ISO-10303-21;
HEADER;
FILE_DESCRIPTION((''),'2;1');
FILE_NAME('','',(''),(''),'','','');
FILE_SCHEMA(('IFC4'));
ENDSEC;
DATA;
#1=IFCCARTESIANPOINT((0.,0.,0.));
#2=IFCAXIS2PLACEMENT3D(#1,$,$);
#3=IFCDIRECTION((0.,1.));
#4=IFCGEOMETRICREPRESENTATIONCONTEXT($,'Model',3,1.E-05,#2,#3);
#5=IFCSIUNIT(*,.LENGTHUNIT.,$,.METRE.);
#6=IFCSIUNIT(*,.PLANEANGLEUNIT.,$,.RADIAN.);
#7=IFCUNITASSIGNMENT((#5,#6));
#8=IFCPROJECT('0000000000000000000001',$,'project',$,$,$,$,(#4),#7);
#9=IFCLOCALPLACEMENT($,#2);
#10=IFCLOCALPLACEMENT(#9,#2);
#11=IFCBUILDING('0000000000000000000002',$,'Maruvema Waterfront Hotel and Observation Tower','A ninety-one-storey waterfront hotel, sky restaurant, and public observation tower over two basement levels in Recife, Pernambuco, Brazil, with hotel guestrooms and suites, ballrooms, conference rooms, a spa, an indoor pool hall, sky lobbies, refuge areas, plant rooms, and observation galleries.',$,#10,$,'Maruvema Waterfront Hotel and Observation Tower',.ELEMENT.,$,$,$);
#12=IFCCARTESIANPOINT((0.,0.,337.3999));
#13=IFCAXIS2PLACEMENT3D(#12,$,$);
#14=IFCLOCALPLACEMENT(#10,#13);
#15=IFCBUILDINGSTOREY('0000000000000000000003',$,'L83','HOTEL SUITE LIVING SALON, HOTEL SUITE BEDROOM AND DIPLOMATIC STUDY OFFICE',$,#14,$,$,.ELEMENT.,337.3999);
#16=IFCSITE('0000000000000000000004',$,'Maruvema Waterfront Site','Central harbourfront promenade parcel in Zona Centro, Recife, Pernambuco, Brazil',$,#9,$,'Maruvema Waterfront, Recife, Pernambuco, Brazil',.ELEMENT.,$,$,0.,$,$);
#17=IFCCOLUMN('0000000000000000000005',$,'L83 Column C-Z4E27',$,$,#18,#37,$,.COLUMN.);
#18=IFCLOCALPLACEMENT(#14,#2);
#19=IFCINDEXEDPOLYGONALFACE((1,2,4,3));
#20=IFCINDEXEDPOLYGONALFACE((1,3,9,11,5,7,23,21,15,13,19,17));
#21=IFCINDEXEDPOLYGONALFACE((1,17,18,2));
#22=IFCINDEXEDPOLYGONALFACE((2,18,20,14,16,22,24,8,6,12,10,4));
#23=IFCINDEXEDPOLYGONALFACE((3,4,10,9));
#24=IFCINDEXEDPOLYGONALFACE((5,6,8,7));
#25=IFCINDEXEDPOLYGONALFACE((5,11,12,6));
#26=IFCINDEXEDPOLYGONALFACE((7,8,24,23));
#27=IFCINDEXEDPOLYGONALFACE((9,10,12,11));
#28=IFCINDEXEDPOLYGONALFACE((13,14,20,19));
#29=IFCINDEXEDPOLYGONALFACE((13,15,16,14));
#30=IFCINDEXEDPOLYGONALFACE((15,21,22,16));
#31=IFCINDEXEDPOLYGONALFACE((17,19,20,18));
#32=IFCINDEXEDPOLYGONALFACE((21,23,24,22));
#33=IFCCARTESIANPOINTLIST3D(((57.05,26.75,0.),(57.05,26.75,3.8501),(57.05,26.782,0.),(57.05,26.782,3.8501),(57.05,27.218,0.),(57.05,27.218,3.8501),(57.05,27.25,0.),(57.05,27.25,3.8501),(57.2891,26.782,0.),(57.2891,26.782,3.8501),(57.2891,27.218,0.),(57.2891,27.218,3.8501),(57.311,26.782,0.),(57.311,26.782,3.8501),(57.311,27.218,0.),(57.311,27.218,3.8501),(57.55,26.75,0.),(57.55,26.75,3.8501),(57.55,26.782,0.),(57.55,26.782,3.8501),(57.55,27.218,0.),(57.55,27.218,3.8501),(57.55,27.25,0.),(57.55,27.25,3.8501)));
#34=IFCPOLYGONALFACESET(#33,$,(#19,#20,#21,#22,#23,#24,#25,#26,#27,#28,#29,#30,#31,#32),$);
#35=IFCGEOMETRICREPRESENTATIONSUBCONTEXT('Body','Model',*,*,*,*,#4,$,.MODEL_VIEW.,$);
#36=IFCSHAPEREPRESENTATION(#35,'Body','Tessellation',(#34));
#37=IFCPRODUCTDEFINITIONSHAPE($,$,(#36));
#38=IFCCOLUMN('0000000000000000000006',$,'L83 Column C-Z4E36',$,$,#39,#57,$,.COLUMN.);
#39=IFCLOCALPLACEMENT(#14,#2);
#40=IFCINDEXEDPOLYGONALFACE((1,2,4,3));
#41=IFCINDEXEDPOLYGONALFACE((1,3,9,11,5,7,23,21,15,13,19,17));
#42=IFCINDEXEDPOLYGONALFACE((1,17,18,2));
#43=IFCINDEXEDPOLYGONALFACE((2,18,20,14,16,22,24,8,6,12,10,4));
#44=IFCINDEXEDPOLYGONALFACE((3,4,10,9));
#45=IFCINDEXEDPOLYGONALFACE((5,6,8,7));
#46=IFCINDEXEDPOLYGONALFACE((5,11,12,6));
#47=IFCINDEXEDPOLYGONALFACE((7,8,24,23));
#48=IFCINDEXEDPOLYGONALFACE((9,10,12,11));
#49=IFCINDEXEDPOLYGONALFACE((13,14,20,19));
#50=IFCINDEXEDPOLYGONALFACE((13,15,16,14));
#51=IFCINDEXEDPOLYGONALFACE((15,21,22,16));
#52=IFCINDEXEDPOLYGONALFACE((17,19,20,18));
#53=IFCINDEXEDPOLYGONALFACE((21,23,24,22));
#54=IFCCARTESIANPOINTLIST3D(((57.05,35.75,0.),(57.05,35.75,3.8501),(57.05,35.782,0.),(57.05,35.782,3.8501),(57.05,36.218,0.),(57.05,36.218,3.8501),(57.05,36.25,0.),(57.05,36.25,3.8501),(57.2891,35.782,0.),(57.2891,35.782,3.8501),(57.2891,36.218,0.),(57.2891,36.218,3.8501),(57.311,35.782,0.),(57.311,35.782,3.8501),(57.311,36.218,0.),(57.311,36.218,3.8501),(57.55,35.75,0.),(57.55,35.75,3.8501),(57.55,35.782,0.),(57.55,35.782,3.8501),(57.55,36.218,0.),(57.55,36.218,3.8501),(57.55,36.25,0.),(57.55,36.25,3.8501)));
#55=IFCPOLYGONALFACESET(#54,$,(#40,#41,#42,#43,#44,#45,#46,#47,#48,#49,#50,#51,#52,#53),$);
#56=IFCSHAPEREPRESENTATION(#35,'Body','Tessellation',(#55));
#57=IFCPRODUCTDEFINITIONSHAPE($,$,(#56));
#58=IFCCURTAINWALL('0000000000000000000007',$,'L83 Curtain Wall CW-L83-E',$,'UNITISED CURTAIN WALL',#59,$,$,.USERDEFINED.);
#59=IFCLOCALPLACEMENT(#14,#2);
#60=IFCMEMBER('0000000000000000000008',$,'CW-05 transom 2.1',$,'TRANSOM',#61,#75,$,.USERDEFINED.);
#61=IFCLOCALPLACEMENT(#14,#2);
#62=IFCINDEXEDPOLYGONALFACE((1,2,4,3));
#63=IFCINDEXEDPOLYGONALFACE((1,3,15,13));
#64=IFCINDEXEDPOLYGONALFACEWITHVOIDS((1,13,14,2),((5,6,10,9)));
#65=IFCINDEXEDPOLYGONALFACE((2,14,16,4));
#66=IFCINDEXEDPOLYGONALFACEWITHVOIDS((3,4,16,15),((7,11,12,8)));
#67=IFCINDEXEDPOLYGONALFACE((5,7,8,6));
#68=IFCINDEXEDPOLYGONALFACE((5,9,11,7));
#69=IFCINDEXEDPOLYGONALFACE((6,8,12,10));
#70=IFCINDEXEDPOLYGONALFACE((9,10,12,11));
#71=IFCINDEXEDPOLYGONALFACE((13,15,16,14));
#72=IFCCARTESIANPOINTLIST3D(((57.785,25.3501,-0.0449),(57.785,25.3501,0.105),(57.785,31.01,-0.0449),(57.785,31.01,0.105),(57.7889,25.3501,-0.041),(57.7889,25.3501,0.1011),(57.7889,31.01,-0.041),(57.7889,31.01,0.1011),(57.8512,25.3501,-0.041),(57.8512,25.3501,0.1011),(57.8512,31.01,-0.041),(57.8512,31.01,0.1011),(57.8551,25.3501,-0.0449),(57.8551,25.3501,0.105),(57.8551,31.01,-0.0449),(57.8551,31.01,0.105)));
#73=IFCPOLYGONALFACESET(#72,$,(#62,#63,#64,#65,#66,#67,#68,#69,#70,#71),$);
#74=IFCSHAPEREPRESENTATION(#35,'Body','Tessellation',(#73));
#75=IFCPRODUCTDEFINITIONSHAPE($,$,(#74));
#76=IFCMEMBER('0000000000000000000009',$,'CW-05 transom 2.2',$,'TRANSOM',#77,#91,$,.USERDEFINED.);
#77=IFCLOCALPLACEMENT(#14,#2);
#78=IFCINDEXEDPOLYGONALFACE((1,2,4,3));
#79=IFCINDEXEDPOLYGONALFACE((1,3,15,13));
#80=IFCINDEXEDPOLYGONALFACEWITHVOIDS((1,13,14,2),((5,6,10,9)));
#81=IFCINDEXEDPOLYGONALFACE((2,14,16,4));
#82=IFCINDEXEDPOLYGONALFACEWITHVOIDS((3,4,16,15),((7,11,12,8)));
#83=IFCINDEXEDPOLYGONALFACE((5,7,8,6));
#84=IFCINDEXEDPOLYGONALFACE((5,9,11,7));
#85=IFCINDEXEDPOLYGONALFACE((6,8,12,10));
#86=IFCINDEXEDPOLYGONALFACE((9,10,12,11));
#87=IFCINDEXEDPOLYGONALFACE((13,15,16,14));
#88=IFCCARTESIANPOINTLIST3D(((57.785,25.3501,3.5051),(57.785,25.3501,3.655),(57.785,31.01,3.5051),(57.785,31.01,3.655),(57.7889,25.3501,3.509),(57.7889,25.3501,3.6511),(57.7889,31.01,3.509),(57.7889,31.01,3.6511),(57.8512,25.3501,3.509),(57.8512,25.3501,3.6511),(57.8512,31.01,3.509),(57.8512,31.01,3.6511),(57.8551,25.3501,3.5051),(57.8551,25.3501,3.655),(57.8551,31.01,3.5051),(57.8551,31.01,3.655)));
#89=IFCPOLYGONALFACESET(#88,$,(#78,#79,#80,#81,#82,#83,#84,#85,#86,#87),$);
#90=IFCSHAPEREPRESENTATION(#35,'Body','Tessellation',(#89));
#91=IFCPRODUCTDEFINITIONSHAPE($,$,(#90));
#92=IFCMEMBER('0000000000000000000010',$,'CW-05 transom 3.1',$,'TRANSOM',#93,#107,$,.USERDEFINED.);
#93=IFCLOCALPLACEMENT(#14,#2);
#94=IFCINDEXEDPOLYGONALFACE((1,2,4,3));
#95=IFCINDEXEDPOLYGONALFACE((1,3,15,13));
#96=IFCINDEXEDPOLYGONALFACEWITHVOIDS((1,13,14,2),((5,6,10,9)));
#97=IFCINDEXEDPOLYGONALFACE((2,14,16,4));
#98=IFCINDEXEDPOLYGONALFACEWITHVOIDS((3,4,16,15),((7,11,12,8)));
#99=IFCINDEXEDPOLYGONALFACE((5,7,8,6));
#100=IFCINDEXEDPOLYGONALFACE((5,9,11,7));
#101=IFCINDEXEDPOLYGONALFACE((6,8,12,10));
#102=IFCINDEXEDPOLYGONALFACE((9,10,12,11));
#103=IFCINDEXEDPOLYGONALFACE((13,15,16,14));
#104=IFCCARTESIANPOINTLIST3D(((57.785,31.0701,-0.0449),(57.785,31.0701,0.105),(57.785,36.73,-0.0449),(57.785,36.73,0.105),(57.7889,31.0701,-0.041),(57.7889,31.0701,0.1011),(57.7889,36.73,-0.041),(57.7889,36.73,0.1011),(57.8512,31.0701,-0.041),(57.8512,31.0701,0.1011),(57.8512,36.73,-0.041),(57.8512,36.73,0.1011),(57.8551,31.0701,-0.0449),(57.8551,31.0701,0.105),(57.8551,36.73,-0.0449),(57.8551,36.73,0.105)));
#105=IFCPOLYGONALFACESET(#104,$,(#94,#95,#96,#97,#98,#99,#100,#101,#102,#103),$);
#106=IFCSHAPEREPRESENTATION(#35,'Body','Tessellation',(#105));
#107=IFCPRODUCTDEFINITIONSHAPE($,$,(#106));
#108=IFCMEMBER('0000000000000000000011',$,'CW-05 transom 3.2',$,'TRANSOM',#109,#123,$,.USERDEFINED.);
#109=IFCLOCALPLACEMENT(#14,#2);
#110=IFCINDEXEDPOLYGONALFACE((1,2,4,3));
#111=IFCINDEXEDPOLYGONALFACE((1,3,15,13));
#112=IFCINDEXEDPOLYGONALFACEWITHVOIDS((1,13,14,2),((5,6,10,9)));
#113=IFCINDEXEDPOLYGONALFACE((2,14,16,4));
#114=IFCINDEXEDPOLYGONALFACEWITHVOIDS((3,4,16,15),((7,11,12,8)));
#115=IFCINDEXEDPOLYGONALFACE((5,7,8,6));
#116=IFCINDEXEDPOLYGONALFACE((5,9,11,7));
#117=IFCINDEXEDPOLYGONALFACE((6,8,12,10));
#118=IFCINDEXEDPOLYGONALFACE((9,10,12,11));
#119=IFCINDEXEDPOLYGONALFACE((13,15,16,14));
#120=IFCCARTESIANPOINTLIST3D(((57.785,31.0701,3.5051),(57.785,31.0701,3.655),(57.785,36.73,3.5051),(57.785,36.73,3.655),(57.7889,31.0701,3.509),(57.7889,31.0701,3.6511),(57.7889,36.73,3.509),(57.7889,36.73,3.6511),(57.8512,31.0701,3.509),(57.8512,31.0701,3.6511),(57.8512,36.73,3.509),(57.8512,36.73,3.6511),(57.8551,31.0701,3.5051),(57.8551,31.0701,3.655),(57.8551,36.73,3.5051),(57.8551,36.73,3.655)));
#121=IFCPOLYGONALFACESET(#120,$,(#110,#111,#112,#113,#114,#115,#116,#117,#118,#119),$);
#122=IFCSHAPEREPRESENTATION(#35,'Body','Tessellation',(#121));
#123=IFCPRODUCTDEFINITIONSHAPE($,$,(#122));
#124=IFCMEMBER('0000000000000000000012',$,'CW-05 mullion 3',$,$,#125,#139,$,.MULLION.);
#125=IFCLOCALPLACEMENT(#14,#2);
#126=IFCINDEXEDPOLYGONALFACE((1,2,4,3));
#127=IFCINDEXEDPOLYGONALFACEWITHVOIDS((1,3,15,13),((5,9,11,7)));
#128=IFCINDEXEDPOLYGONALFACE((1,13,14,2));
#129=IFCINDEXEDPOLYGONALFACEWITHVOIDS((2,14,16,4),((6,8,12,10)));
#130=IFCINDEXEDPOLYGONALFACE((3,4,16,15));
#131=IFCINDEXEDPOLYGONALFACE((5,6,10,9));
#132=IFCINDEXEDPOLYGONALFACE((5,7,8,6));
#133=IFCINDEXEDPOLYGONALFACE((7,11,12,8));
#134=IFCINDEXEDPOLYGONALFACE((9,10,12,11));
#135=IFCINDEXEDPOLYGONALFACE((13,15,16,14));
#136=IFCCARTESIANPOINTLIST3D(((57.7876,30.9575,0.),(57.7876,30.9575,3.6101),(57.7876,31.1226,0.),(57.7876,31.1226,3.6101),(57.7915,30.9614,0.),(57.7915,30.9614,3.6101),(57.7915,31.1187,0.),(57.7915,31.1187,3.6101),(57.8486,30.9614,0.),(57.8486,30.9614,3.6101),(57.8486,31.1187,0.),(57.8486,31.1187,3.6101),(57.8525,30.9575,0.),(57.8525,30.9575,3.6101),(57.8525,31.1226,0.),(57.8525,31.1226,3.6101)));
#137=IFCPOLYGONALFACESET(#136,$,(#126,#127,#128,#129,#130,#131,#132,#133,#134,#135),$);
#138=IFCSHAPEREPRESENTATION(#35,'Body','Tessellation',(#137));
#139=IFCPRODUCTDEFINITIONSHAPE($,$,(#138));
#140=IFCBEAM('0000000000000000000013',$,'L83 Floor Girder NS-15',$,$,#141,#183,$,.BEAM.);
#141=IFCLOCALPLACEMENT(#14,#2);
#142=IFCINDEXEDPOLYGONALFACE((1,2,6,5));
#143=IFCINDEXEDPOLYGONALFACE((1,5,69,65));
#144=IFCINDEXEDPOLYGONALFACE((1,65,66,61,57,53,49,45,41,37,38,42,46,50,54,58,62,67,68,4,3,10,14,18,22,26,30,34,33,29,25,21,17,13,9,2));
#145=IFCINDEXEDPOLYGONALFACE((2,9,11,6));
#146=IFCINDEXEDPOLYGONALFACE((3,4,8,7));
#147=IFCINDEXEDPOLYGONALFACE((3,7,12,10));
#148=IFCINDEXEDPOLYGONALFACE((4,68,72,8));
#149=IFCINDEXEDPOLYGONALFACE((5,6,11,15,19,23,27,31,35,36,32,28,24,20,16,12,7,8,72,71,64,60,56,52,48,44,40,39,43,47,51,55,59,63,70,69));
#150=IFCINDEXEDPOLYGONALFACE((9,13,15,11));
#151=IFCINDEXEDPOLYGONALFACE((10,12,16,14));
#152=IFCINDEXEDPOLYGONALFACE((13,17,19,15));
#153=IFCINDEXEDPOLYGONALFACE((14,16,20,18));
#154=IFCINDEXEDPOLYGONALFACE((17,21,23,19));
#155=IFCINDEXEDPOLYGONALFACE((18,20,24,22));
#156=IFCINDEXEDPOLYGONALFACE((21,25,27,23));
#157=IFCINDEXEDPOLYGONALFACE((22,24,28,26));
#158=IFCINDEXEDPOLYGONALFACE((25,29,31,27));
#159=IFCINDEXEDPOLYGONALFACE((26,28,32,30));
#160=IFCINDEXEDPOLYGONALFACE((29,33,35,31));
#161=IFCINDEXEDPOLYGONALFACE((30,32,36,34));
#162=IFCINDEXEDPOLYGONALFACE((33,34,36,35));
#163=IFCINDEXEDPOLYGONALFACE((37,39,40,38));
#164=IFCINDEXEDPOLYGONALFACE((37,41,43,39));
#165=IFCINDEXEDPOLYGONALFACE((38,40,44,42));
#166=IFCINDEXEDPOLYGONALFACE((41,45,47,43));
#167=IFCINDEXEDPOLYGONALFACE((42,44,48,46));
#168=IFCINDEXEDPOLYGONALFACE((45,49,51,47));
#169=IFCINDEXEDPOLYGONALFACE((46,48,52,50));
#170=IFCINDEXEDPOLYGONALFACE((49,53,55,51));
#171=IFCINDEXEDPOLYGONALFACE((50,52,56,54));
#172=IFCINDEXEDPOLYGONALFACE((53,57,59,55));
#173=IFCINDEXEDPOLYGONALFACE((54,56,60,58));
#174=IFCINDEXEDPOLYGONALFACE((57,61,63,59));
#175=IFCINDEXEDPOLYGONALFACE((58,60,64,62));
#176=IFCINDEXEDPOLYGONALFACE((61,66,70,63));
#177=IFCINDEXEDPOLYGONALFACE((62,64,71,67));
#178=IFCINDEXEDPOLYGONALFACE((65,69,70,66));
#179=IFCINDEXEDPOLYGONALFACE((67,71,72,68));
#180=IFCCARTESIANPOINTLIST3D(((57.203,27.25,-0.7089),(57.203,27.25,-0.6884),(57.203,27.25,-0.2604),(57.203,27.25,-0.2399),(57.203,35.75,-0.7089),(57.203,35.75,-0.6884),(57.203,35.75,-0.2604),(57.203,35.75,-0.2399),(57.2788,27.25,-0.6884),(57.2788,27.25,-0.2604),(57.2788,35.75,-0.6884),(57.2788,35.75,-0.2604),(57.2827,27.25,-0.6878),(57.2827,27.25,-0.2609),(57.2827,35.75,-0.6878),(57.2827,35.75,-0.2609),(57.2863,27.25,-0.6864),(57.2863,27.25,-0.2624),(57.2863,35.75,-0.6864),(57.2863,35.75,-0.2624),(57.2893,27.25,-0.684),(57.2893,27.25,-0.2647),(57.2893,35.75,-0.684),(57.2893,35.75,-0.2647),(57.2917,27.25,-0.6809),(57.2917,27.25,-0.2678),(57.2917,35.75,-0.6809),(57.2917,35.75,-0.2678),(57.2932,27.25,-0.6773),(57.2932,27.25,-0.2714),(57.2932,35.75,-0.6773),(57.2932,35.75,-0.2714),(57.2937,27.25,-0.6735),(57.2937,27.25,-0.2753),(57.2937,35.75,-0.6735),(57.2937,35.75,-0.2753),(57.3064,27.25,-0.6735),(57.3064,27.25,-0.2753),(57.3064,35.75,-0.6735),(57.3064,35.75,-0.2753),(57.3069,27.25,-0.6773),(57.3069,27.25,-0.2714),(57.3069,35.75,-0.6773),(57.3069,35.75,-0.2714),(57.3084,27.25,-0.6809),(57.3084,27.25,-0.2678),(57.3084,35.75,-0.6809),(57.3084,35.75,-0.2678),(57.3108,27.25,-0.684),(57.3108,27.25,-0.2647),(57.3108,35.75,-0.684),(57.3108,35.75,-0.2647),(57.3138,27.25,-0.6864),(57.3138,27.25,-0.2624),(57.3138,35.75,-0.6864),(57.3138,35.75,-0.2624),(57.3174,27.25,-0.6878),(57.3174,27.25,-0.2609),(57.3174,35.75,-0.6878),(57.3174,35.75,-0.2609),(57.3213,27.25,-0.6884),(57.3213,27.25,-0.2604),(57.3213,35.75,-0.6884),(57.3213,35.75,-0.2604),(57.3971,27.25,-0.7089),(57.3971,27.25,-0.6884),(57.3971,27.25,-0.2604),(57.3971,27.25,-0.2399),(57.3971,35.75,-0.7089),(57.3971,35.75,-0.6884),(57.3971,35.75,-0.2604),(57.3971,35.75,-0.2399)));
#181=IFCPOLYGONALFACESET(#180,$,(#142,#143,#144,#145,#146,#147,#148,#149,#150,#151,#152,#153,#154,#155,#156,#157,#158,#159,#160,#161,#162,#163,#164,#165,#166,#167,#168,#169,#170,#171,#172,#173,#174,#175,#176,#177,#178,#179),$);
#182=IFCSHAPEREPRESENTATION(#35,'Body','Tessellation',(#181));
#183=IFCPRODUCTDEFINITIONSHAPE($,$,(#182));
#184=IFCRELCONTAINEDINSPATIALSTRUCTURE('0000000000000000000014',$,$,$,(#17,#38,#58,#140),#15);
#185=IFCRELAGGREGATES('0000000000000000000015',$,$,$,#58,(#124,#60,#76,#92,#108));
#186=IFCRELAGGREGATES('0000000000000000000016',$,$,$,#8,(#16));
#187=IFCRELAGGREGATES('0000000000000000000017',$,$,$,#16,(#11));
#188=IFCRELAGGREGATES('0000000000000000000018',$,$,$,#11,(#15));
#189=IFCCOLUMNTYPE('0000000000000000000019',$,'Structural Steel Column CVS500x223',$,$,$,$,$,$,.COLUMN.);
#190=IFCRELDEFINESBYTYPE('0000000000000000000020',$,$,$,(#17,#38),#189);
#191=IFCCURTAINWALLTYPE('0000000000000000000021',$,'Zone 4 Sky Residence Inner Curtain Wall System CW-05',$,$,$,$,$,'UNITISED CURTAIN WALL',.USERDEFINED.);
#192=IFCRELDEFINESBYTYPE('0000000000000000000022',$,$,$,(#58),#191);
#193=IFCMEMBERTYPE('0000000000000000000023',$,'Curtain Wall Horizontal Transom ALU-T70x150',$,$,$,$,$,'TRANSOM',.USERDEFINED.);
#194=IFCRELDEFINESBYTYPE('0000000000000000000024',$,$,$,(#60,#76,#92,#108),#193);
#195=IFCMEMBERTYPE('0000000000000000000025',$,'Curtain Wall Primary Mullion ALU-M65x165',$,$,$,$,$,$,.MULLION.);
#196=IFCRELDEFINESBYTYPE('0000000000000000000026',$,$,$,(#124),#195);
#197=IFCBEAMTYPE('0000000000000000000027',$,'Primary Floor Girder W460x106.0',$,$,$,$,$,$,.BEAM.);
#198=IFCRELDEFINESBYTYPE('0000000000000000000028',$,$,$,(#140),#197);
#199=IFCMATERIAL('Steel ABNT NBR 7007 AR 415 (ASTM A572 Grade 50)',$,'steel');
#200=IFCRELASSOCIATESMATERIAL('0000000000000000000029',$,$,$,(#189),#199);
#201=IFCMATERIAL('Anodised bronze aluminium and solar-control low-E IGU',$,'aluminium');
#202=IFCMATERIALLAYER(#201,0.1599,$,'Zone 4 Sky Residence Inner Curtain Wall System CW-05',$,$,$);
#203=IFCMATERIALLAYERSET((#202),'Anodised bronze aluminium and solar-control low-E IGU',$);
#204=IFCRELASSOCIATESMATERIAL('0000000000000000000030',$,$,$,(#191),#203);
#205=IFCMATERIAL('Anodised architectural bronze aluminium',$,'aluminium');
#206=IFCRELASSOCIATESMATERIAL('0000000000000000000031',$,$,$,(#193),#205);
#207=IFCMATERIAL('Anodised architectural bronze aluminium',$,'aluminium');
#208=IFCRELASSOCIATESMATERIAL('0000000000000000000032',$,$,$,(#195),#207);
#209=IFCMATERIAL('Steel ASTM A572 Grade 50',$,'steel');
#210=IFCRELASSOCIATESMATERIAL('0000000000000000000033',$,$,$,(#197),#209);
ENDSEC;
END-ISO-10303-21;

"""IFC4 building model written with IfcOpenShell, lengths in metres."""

from ifc_helpers import new_model, si_unit, direction, frame, origin, origin_2d, place, context, subcontext, project, spatial, hollow_rectangle, i_section, extrude, material, layer, layer_set, material_profile, profile_set, type_object, element, aggregate, save


model = new_model("IFC4")

# Units and contexts
model_context = context("Model", 3, precision=1e-05, world=origin(), true_north=direction((0.0, 1.0)))
body_context = subcontext(model_context, "Body", "Model", "MODEL_VIEW")
ifc_project = project(units=[si_unit("LENGTHUNIT", "METRE"), si_unit("PLANEANGLEUNIT", "RADIAN")], contexts=[model_context])

# Site, building, storey
site_placement = place(None, origin())
site = spatial("IfcSite", under=ifc_project, at=site_placement, Name="Maruvema Waterfront Site", Description="Central harbourfront promenade parcel in Zona Centro, Recife, Pernambuco, Brazil", LongName="Maruvema Waterfront, Recife, Pernambuco, Brazil", CompositionType="ELEMENT", RefElevation=0.0)
building_placement = place(site_placement, origin())
building = spatial("IfcBuilding", under=site, at=building_placement, Name="Maruvema Waterfront Hotel and Observation Tower", Description="A ninety-one-storey waterfront hotel, sky restaurant, and public observation tower over two basement levels in Recife, Pernambuco, Brazil, with hotel guestrooms and suites, ballrooms, conference rooms, a spa, an indoor pool hall, sky lobbies, refuge areas, plant rooms, and observation galleries.", LongName="Maruvema Waterfront Hotel and Observation Tower", CompositionType="ELEMENT")
storey_placement = place(building_placement, frame((0.0, 0.0, 337.3999)))
storey = spatial("IfcBuildingStorey", under=building, at=storey_placement, Name="L83", Description="HOTEL SUITE LIVING SALON, HOTEL SUITE BEDROOM AND DIPLOMATIC STUDY OFFICE", CompositionType="ELEMENT", Elevation=337.3999)

# Columns
ifc_material_1 = material(Name="Steel ABNT NBR 7007 AR 415 (ASTM A572 Grade 50)", Category="steel")
ifc_material_profile_1 = material_profile(ifc_material_1, i_section(OverallWidth=0.5, OverallDepth=0.5, WebThickness=0.022, FlangeThickness=0.032, at=origin_2d()), Name="CVS500x223")
ifc_profile_set_1 = profile_set([ifc_material_profile_1], Name="Steel ABNT NBR 7007 AR 415 (ASTM A572 Grade 50)")
column_type = type_object("IfcColumnType", Name="Structural Steel Column CVS500x223", PredefinedType="COLUMN", material=ifc_profile_set_1)
for number, where, z_axis, x_axis, name in (
    (1, (57.3, 27.0, 0.0), (0.0, 0.0, 1.0), (1.0, 0.0, 0.0), "L83 Column C-Z4E27"),
    (2, (57.3, 36.0, 0.0), (0.0, 0.0, 1.0), (1.0, 0.0, 0.0), "L83 Column C-Z4E36"),
):
    element("IfcColumn", number, at=place(storey_placement, frame(where, z_axis=z_axis, x_axis=x_axis)), inside=storey, type_object=column_type, Name=name, PredefinedType="COLUMN", context=body_context, shape_type="SweptSolid", body=[
        extrude(i_section(OverallWidth=0.5, OverallDepth=0.5, WebThickness=0.022, FlangeThickness=0.032, at=origin_2d()), origin(), (0.0, 0.0, 1.0), 3.8501),
    ])

# Curtain wall, members
ifc_material_2 = material(Name="Anodised bronze aluminium and solar-control low-E IGU", Category="aluminium")
ifc_layer_1 = layer(ifc_material_2, 0.1599, Name="Zone 4 Sky Residence Inner Curtain Wall System CW-05")
ifc_layer_set_1 = layer_set([ifc_layer_1], Name="Anodised bronze aluminium and solar-control low-E IGU")
curtain_wall_type = type_object("IfcCurtainWallType", Name="Zone 4 Sky Residence Inner Curtain Wall System CW-05", ElementType="UNITISED CURTAIN WALL", PredefinedType="USERDEFINED", material=ifc_layer_set_1)
curtain_wall_placement = place(storey_placement, origin())
curtain_wall = element("IfcCurtainWall", 3, at=curtain_wall_placement, inside=storey, type_object=curtain_wall_type, Name="L83 Curtain Wall CW-L83-E", ObjectType="UNITISED CURTAIN WALL", PredefinedType="USERDEFINED")
ifc_material_3 = material(Name="Anodised architectural bronze aluminium", Category="aluminium")
ifc_material_profile_2 = material_profile(ifc_material_3, hollow_rectangle(XDim=0.0701, YDim=0.1499, WallThickness=0.0039, at=origin_2d()), Name="ALU-T70x150")
ifc_profile_set_2 = profile_set([ifc_material_profile_2], Name="Anodised architectural bronze aluminium")
member_type_1 = type_object("IfcMemberType", Name="Curtain Wall Horizontal Transom ALU-T70x150", ElementType="TRANSOM", PredefinedType="USERDEFINED", material=ifc_profile_set_2)
member_1_placement = place(storey_placement, frame((57.8201, 25.3501, 0.03), z_axis=(0.0, 1.0, 0.0), x_axis=(-1.0, 0.0, 0.0)))
member_1 = element("IfcMember", 4, at=member_1_placement, type_object=member_type_1, Name="CW-05 transom 2.1", ObjectType="TRANSOM", PredefinedType="USERDEFINED", context=body_context, shape_type="SweptSolid", body=[
    extrude(hollow_rectangle(XDim=0.0701, YDim=0.1499, WallThickness=0.0039, at=origin_2d()), origin(), (0.0, 0.0, 1.0), 5.6599),
])
member_2_placement = place(storey_placement, frame((57.8201, 25.3501, 3.5801), z_axis=(0.0, 1.0, 0.0), x_axis=(-1.0, 0.0, 0.0)))
member_2 = element("IfcMember", 5, at=member_2_placement, type_object=member_type_1, Name="CW-05 transom 2.2", ObjectType="TRANSOM", PredefinedType="USERDEFINED", context=body_context, shape_type="SweptSolid", body=[
    extrude(hollow_rectangle(XDim=0.0701, YDim=0.1499, WallThickness=0.0039, at=origin_2d()), origin(), (0.0, 0.0, 1.0), 5.6599),
])
member_3_placement = place(storey_placement, frame((57.8201, 31.0701, 0.03), z_axis=(0.0, 1.0, 0.0), x_axis=(-1.0, 0.0, 0.0)))
member_3 = element("IfcMember", 6, at=member_3_placement, type_object=member_type_1, Name="CW-05 transom 3.1", ObjectType="TRANSOM", PredefinedType="USERDEFINED", context=body_context, shape_type="SweptSolid", body=[
    extrude(hollow_rectangle(XDim=0.0701, YDim=0.1499, WallThickness=0.0039, at=origin_2d()), origin(), (0.0, 0.0, 1.0), 5.6599),
])
member_4_placement = place(storey_placement, frame((57.8201, 31.0701, 3.5801), z_axis=(0.0, 1.0, 0.0), x_axis=(-1.0, 0.0, 0.0)))
member_4 = element("IfcMember", 7, at=member_4_placement, type_object=member_type_1, Name="CW-05 transom 3.2", ObjectType="TRANSOM", PredefinedType="USERDEFINED", context=body_context, shape_type="SweptSolid", body=[
    extrude(hollow_rectangle(XDim=0.0701, YDim=0.1499, WallThickness=0.0039, at=origin_2d()), origin(), (0.0, 0.0, 1.0), 5.6599),
])
ifc_material_4 = material(Name="Anodised architectural bronze aluminium", Category="aluminium")
ifc_material_profile_3 = material_profile(ifc_material_4, hollow_rectangle(XDim=0.0649, YDim=0.165, WallThickness=0.0039, at=origin_2d()), Name="ALU-M65x165")
ifc_profile_set_3 = profile_set([ifc_material_profile_3], Name="Anodised architectural bronze aluminium")
member_type_2 = type_object("IfcMemberType", Name="Curtain Wall Primary Mullion ALU-M65x165", PredefinedType="MULLION", material=ifc_profile_set_3)
member_5_placement = place(storey_placement, frame((57.8201, 31.04, 0.0), z_axis=(0.0, 0.0, 1.0), x_axis=(-1.0, 0.0, 0.0)))
member_5 = element("IfcMember", 8, at=member_5_placement, type_object=member_type_2, Name="CW-05 mullion 3", PredefinedType="MULLION", context=body_context, shape_type="SweptSolid", body=[
    extrude(hollow_rectangle(XDim=0.0649, YDim=0.165, WallThickness=0.0039, at=origin_2d()), origin(), (0.0, 0.0, 1.0), 3.6101),
])

# Beam
ifc_material_5 = material(Name="Steel ASTM A572 Grade 50", Category="steel")
ifc_material_profile_4 = material_profile(ifc_material_5, i_section(OverallWidth=0.1941, OverallDepth=0.469, WebThickness=0.0127, FlangeThickness=0.0205, FilletRadius=0.0149, at=origin_2d()), Name="W460x106.0")
ifc_profile_set_4 = profile_set([ifc_material_profile_4], Name="Steel ASTM A572 Grade 50")
beam_type_1 = type_object("IfcBeamType", Name="Primary Floor Girder W460x106.0", PredefinedType="BEAM", material=ifc_profile_set_4)
for number, where, z_axis, x_axis, name in (
    (9, (57.3, 27.25, -0.4744), (0.0, 1.0, 0.0), (-1.0, 0.0, 0.0), "L83 Floor Girder NS-15"),
):
    element("IfcBeam", number, at=place(storey_placement, frame(where, z_axis=z_axis, x_axis=x_axis)), inside=storey, type_object=beam_type_1, Name=name, PredefinedType="BEAM", context=body_context, shape_type="SweptSolid", body=[
        extrude(i_section(OverallWidth=0.1941, OverallDepth=0.469, WebThickness=0.0127, FlangeThickness=0.0205, FilletRadius=0.0149, at=origin_2d()), origin(), (0.0, 0.0, 1.0), 8.5),
    ])

aggregate(curtain_wall, [member_5, member_1, member_2, member_3, member_4])

save(model, "model.ifc")
